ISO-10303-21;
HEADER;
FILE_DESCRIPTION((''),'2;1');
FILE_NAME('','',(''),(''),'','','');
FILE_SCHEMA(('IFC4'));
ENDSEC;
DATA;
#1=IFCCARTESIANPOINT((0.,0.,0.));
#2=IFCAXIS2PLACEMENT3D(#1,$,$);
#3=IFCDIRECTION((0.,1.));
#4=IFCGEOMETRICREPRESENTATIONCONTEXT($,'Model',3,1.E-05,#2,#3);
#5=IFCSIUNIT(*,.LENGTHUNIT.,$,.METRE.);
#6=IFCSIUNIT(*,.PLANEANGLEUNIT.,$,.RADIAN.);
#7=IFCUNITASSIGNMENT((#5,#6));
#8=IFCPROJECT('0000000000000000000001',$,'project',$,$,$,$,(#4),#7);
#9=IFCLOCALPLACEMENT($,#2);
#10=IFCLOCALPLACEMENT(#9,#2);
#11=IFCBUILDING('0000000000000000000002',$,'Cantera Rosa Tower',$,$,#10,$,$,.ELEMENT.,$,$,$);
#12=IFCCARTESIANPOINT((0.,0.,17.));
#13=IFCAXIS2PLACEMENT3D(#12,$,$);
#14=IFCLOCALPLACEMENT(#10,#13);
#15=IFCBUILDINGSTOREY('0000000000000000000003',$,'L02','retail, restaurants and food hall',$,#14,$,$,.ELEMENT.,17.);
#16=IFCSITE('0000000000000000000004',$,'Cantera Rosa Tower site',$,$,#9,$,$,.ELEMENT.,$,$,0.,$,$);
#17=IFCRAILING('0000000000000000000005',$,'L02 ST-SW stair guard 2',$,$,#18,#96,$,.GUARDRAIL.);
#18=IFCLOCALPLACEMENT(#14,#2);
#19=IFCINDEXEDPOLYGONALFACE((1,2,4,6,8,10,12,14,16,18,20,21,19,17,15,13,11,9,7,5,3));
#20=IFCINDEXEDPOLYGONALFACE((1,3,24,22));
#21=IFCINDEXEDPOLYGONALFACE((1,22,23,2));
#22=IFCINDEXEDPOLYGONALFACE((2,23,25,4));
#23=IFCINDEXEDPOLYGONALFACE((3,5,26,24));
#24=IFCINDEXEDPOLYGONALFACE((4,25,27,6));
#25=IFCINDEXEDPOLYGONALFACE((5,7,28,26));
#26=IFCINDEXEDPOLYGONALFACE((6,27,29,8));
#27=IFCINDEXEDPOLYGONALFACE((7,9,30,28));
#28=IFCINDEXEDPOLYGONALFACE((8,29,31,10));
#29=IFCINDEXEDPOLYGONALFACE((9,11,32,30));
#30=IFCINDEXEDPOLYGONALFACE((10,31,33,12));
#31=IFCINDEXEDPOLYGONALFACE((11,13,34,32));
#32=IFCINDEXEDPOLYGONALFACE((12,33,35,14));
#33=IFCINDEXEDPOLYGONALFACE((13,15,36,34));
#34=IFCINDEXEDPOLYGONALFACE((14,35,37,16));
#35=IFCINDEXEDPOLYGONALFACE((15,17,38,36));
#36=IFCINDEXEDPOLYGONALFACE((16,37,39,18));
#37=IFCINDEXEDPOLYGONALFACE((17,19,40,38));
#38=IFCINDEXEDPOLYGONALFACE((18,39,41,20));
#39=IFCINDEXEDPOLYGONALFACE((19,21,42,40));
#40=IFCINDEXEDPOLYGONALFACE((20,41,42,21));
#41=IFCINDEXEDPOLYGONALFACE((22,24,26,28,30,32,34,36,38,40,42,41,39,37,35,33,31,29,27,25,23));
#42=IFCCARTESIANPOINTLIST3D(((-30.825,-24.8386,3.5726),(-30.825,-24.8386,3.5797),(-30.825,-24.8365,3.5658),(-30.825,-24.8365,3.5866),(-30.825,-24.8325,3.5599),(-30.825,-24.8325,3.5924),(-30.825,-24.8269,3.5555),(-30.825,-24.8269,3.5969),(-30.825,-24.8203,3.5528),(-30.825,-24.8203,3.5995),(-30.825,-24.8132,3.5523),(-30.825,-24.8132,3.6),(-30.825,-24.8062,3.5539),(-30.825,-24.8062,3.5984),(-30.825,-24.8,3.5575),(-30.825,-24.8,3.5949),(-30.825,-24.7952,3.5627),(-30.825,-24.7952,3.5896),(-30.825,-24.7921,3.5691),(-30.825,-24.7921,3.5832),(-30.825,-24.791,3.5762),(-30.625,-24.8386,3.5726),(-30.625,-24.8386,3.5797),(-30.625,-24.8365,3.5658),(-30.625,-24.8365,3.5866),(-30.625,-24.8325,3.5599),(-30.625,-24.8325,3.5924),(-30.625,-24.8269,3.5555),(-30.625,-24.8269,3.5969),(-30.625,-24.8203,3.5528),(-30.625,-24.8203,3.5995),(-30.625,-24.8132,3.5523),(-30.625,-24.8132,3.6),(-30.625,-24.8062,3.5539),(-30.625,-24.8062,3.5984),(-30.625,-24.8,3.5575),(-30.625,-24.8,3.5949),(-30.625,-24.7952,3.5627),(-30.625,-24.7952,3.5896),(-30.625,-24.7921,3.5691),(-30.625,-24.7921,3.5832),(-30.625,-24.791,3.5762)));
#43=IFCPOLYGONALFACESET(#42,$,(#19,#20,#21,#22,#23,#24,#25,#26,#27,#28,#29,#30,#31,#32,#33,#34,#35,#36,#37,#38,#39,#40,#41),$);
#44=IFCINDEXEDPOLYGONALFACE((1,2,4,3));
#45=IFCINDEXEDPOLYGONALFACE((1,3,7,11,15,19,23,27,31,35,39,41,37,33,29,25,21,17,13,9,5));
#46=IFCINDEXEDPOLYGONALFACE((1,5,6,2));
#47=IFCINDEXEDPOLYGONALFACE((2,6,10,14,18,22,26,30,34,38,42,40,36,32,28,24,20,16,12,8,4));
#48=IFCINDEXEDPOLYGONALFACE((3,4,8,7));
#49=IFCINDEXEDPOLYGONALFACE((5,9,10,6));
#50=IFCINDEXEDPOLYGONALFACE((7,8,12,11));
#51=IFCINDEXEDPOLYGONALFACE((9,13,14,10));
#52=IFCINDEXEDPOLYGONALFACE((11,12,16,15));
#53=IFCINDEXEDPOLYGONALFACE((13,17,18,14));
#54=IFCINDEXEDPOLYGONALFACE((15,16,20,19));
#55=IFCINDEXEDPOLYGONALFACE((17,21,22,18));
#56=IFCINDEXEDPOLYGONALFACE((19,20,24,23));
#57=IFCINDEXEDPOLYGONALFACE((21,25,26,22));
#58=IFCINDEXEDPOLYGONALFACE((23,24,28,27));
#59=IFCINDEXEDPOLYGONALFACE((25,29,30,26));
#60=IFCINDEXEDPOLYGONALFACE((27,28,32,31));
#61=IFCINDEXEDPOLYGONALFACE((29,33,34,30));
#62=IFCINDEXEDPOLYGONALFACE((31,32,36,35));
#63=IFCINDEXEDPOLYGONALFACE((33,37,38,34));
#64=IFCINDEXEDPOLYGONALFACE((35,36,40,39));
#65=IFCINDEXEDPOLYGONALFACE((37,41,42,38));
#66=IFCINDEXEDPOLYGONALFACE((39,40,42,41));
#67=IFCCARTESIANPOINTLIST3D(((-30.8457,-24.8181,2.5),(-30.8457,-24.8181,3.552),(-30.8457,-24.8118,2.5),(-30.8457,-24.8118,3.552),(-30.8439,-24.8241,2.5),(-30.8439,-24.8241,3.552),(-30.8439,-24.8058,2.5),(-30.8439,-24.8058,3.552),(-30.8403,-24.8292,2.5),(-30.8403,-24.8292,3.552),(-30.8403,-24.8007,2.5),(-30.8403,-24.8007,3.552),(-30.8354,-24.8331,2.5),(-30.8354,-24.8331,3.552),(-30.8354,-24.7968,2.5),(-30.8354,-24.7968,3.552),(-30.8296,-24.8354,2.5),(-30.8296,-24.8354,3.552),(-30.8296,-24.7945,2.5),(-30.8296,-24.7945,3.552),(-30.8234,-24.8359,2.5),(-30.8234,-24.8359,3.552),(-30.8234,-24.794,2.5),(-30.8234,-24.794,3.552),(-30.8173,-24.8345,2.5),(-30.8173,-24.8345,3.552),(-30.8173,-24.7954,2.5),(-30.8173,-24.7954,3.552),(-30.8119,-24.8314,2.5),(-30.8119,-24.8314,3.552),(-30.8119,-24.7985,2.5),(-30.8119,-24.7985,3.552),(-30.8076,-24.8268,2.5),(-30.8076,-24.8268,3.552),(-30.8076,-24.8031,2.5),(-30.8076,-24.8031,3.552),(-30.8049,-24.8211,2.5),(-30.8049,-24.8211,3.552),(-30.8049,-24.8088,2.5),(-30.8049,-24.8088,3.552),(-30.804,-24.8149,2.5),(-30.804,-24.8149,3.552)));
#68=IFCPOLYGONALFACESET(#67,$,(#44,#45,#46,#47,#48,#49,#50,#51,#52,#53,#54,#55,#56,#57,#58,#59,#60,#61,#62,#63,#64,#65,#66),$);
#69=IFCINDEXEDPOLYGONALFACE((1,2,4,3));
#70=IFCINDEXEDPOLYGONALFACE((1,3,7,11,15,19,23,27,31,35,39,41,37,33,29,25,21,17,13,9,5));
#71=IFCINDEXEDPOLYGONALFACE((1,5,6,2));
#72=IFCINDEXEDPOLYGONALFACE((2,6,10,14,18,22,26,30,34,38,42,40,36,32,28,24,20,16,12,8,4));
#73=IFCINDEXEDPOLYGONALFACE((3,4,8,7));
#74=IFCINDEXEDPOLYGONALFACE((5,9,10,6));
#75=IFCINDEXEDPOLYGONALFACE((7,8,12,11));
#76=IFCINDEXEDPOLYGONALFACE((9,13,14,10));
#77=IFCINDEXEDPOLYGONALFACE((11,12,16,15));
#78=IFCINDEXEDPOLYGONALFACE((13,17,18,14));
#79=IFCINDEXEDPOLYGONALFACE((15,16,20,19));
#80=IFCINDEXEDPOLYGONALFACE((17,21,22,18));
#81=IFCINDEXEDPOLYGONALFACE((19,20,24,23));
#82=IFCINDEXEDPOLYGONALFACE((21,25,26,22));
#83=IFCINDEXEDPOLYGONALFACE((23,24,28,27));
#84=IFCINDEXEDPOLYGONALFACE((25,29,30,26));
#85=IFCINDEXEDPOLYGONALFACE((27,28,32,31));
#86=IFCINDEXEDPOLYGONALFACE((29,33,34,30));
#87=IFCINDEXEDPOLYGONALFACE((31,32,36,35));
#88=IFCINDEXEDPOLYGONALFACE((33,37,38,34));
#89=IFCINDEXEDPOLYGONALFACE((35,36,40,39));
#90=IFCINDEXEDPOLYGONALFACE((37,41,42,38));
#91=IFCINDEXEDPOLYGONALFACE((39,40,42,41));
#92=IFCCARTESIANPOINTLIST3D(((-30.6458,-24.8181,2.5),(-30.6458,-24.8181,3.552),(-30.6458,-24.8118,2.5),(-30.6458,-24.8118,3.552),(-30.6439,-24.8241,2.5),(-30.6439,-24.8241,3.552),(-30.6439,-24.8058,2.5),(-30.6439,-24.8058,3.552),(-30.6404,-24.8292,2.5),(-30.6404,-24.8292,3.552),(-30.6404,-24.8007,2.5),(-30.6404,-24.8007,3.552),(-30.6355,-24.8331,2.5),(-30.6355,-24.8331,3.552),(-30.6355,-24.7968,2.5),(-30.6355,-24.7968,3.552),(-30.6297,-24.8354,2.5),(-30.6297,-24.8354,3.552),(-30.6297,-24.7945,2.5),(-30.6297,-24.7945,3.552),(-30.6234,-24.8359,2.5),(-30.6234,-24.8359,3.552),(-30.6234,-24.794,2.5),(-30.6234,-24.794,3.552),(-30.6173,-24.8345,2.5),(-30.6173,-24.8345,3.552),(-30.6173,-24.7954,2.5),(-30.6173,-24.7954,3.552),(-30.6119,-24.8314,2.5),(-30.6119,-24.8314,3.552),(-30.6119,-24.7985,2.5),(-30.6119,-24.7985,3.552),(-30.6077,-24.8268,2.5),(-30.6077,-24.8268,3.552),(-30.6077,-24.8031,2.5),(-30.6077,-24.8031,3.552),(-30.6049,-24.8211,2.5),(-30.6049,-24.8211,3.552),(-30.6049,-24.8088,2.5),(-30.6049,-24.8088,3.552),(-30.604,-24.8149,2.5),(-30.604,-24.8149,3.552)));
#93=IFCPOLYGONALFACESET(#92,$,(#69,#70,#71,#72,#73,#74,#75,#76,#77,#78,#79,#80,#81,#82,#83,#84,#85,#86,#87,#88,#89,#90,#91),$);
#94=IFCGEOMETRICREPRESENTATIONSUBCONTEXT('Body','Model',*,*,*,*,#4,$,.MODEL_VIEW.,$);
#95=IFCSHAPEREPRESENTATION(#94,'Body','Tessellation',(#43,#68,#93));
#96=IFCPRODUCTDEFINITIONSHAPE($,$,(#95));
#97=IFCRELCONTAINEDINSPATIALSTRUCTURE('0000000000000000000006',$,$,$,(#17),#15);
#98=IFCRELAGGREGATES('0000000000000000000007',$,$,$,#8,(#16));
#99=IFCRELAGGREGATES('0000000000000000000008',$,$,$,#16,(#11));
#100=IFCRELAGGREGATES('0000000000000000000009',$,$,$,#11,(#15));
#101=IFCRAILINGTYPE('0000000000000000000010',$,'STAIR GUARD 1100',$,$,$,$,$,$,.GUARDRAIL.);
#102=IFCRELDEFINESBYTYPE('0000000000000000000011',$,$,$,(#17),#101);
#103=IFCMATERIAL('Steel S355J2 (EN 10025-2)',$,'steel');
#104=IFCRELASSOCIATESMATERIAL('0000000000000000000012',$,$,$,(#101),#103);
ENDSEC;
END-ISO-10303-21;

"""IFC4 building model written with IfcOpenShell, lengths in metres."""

from ifc_helpers import new_model, si_unit, direction, frame, origin, origin_2d, place, context, subcontext, project, spatial, circle, extrude, material, type_object, element, save


model = new_model("IFC4")

# Units and contexts
model_context = context("Model", 3, precision=1e-05, world=origin(), true_north=direction((0.0, 1.0)))
body_context = subcontext(model_context, "Body", "Model", "MODEL_VIEW")
ifc_project = project(units=[si_unit("LENGTHUNIT", "METRE"), si_unit("PLANEANGLEUNIT", "RADIAN")], contexts=[model_context])

# Site, building, storey
site_placement = place(None, origin())
site = spatial("IfcSite", under=ifc_project, at=site_placement, Name="Cantera Rosa Tower site", CompositionType="ELEMENT", RefElevation=0.0)
building_placement = place(site_placement, origin())
building = spatial("IfcBuilding", under=site, at=building_placement, Name="Cantera Rosa Tower", CompositionType="ELEMENT")
storey_placement = place(building_placement, frame((0.0, 0.0, 17.0)))
storey = spatial("IfcBuildingStorey", under=building, at=storey_placement, Name="L02", Description="retail, restaurants and food hall", CompositionType="ELEMENT", Elevation=17.0)

# Railing
ifc_material_1 = material(Name="Steel S355J2 (EN 10025-2)", Category="steel")
railing_type_1 = type_object("IfcRailingType", Name="STAIR GUARD 1100", PredefinedType="GUARDRAIL", material=ifc_material_1)
railing_1_placement = place(storey_placement, frame((-30.825, -24.8149, 2.5)))
element("IfcRailing", 1, at=railing_1_placement, inside=storey, type_object=railing_type_1, Name="L02 ST-SW stair guard 2", PredefinedType="GUARDRAIL", context=body_context, shape_type="SweptSolid", body=[
    extrude(circle(Radius=0.0239, at=origin_2d()), frame((0.0, 0.0, 1.0762), z_axis=(1.0, 0.0, 0.0), x_axis=(0.0, 1.0, 0.0)), (0.0, 0.0, 1.0), 0.2),
    extrude(circle(Radius=0.021, at=origin_2d()), origin(), (0.0, 0.0, 1.0), 1.052),
    extrude(circle(Radius=0.021, at=origin_2d()), frame((0.2, 0.0, 0.0)), (0.0, 0.0, 1.0), 1.052),
])

save(model, "model.ifc")
